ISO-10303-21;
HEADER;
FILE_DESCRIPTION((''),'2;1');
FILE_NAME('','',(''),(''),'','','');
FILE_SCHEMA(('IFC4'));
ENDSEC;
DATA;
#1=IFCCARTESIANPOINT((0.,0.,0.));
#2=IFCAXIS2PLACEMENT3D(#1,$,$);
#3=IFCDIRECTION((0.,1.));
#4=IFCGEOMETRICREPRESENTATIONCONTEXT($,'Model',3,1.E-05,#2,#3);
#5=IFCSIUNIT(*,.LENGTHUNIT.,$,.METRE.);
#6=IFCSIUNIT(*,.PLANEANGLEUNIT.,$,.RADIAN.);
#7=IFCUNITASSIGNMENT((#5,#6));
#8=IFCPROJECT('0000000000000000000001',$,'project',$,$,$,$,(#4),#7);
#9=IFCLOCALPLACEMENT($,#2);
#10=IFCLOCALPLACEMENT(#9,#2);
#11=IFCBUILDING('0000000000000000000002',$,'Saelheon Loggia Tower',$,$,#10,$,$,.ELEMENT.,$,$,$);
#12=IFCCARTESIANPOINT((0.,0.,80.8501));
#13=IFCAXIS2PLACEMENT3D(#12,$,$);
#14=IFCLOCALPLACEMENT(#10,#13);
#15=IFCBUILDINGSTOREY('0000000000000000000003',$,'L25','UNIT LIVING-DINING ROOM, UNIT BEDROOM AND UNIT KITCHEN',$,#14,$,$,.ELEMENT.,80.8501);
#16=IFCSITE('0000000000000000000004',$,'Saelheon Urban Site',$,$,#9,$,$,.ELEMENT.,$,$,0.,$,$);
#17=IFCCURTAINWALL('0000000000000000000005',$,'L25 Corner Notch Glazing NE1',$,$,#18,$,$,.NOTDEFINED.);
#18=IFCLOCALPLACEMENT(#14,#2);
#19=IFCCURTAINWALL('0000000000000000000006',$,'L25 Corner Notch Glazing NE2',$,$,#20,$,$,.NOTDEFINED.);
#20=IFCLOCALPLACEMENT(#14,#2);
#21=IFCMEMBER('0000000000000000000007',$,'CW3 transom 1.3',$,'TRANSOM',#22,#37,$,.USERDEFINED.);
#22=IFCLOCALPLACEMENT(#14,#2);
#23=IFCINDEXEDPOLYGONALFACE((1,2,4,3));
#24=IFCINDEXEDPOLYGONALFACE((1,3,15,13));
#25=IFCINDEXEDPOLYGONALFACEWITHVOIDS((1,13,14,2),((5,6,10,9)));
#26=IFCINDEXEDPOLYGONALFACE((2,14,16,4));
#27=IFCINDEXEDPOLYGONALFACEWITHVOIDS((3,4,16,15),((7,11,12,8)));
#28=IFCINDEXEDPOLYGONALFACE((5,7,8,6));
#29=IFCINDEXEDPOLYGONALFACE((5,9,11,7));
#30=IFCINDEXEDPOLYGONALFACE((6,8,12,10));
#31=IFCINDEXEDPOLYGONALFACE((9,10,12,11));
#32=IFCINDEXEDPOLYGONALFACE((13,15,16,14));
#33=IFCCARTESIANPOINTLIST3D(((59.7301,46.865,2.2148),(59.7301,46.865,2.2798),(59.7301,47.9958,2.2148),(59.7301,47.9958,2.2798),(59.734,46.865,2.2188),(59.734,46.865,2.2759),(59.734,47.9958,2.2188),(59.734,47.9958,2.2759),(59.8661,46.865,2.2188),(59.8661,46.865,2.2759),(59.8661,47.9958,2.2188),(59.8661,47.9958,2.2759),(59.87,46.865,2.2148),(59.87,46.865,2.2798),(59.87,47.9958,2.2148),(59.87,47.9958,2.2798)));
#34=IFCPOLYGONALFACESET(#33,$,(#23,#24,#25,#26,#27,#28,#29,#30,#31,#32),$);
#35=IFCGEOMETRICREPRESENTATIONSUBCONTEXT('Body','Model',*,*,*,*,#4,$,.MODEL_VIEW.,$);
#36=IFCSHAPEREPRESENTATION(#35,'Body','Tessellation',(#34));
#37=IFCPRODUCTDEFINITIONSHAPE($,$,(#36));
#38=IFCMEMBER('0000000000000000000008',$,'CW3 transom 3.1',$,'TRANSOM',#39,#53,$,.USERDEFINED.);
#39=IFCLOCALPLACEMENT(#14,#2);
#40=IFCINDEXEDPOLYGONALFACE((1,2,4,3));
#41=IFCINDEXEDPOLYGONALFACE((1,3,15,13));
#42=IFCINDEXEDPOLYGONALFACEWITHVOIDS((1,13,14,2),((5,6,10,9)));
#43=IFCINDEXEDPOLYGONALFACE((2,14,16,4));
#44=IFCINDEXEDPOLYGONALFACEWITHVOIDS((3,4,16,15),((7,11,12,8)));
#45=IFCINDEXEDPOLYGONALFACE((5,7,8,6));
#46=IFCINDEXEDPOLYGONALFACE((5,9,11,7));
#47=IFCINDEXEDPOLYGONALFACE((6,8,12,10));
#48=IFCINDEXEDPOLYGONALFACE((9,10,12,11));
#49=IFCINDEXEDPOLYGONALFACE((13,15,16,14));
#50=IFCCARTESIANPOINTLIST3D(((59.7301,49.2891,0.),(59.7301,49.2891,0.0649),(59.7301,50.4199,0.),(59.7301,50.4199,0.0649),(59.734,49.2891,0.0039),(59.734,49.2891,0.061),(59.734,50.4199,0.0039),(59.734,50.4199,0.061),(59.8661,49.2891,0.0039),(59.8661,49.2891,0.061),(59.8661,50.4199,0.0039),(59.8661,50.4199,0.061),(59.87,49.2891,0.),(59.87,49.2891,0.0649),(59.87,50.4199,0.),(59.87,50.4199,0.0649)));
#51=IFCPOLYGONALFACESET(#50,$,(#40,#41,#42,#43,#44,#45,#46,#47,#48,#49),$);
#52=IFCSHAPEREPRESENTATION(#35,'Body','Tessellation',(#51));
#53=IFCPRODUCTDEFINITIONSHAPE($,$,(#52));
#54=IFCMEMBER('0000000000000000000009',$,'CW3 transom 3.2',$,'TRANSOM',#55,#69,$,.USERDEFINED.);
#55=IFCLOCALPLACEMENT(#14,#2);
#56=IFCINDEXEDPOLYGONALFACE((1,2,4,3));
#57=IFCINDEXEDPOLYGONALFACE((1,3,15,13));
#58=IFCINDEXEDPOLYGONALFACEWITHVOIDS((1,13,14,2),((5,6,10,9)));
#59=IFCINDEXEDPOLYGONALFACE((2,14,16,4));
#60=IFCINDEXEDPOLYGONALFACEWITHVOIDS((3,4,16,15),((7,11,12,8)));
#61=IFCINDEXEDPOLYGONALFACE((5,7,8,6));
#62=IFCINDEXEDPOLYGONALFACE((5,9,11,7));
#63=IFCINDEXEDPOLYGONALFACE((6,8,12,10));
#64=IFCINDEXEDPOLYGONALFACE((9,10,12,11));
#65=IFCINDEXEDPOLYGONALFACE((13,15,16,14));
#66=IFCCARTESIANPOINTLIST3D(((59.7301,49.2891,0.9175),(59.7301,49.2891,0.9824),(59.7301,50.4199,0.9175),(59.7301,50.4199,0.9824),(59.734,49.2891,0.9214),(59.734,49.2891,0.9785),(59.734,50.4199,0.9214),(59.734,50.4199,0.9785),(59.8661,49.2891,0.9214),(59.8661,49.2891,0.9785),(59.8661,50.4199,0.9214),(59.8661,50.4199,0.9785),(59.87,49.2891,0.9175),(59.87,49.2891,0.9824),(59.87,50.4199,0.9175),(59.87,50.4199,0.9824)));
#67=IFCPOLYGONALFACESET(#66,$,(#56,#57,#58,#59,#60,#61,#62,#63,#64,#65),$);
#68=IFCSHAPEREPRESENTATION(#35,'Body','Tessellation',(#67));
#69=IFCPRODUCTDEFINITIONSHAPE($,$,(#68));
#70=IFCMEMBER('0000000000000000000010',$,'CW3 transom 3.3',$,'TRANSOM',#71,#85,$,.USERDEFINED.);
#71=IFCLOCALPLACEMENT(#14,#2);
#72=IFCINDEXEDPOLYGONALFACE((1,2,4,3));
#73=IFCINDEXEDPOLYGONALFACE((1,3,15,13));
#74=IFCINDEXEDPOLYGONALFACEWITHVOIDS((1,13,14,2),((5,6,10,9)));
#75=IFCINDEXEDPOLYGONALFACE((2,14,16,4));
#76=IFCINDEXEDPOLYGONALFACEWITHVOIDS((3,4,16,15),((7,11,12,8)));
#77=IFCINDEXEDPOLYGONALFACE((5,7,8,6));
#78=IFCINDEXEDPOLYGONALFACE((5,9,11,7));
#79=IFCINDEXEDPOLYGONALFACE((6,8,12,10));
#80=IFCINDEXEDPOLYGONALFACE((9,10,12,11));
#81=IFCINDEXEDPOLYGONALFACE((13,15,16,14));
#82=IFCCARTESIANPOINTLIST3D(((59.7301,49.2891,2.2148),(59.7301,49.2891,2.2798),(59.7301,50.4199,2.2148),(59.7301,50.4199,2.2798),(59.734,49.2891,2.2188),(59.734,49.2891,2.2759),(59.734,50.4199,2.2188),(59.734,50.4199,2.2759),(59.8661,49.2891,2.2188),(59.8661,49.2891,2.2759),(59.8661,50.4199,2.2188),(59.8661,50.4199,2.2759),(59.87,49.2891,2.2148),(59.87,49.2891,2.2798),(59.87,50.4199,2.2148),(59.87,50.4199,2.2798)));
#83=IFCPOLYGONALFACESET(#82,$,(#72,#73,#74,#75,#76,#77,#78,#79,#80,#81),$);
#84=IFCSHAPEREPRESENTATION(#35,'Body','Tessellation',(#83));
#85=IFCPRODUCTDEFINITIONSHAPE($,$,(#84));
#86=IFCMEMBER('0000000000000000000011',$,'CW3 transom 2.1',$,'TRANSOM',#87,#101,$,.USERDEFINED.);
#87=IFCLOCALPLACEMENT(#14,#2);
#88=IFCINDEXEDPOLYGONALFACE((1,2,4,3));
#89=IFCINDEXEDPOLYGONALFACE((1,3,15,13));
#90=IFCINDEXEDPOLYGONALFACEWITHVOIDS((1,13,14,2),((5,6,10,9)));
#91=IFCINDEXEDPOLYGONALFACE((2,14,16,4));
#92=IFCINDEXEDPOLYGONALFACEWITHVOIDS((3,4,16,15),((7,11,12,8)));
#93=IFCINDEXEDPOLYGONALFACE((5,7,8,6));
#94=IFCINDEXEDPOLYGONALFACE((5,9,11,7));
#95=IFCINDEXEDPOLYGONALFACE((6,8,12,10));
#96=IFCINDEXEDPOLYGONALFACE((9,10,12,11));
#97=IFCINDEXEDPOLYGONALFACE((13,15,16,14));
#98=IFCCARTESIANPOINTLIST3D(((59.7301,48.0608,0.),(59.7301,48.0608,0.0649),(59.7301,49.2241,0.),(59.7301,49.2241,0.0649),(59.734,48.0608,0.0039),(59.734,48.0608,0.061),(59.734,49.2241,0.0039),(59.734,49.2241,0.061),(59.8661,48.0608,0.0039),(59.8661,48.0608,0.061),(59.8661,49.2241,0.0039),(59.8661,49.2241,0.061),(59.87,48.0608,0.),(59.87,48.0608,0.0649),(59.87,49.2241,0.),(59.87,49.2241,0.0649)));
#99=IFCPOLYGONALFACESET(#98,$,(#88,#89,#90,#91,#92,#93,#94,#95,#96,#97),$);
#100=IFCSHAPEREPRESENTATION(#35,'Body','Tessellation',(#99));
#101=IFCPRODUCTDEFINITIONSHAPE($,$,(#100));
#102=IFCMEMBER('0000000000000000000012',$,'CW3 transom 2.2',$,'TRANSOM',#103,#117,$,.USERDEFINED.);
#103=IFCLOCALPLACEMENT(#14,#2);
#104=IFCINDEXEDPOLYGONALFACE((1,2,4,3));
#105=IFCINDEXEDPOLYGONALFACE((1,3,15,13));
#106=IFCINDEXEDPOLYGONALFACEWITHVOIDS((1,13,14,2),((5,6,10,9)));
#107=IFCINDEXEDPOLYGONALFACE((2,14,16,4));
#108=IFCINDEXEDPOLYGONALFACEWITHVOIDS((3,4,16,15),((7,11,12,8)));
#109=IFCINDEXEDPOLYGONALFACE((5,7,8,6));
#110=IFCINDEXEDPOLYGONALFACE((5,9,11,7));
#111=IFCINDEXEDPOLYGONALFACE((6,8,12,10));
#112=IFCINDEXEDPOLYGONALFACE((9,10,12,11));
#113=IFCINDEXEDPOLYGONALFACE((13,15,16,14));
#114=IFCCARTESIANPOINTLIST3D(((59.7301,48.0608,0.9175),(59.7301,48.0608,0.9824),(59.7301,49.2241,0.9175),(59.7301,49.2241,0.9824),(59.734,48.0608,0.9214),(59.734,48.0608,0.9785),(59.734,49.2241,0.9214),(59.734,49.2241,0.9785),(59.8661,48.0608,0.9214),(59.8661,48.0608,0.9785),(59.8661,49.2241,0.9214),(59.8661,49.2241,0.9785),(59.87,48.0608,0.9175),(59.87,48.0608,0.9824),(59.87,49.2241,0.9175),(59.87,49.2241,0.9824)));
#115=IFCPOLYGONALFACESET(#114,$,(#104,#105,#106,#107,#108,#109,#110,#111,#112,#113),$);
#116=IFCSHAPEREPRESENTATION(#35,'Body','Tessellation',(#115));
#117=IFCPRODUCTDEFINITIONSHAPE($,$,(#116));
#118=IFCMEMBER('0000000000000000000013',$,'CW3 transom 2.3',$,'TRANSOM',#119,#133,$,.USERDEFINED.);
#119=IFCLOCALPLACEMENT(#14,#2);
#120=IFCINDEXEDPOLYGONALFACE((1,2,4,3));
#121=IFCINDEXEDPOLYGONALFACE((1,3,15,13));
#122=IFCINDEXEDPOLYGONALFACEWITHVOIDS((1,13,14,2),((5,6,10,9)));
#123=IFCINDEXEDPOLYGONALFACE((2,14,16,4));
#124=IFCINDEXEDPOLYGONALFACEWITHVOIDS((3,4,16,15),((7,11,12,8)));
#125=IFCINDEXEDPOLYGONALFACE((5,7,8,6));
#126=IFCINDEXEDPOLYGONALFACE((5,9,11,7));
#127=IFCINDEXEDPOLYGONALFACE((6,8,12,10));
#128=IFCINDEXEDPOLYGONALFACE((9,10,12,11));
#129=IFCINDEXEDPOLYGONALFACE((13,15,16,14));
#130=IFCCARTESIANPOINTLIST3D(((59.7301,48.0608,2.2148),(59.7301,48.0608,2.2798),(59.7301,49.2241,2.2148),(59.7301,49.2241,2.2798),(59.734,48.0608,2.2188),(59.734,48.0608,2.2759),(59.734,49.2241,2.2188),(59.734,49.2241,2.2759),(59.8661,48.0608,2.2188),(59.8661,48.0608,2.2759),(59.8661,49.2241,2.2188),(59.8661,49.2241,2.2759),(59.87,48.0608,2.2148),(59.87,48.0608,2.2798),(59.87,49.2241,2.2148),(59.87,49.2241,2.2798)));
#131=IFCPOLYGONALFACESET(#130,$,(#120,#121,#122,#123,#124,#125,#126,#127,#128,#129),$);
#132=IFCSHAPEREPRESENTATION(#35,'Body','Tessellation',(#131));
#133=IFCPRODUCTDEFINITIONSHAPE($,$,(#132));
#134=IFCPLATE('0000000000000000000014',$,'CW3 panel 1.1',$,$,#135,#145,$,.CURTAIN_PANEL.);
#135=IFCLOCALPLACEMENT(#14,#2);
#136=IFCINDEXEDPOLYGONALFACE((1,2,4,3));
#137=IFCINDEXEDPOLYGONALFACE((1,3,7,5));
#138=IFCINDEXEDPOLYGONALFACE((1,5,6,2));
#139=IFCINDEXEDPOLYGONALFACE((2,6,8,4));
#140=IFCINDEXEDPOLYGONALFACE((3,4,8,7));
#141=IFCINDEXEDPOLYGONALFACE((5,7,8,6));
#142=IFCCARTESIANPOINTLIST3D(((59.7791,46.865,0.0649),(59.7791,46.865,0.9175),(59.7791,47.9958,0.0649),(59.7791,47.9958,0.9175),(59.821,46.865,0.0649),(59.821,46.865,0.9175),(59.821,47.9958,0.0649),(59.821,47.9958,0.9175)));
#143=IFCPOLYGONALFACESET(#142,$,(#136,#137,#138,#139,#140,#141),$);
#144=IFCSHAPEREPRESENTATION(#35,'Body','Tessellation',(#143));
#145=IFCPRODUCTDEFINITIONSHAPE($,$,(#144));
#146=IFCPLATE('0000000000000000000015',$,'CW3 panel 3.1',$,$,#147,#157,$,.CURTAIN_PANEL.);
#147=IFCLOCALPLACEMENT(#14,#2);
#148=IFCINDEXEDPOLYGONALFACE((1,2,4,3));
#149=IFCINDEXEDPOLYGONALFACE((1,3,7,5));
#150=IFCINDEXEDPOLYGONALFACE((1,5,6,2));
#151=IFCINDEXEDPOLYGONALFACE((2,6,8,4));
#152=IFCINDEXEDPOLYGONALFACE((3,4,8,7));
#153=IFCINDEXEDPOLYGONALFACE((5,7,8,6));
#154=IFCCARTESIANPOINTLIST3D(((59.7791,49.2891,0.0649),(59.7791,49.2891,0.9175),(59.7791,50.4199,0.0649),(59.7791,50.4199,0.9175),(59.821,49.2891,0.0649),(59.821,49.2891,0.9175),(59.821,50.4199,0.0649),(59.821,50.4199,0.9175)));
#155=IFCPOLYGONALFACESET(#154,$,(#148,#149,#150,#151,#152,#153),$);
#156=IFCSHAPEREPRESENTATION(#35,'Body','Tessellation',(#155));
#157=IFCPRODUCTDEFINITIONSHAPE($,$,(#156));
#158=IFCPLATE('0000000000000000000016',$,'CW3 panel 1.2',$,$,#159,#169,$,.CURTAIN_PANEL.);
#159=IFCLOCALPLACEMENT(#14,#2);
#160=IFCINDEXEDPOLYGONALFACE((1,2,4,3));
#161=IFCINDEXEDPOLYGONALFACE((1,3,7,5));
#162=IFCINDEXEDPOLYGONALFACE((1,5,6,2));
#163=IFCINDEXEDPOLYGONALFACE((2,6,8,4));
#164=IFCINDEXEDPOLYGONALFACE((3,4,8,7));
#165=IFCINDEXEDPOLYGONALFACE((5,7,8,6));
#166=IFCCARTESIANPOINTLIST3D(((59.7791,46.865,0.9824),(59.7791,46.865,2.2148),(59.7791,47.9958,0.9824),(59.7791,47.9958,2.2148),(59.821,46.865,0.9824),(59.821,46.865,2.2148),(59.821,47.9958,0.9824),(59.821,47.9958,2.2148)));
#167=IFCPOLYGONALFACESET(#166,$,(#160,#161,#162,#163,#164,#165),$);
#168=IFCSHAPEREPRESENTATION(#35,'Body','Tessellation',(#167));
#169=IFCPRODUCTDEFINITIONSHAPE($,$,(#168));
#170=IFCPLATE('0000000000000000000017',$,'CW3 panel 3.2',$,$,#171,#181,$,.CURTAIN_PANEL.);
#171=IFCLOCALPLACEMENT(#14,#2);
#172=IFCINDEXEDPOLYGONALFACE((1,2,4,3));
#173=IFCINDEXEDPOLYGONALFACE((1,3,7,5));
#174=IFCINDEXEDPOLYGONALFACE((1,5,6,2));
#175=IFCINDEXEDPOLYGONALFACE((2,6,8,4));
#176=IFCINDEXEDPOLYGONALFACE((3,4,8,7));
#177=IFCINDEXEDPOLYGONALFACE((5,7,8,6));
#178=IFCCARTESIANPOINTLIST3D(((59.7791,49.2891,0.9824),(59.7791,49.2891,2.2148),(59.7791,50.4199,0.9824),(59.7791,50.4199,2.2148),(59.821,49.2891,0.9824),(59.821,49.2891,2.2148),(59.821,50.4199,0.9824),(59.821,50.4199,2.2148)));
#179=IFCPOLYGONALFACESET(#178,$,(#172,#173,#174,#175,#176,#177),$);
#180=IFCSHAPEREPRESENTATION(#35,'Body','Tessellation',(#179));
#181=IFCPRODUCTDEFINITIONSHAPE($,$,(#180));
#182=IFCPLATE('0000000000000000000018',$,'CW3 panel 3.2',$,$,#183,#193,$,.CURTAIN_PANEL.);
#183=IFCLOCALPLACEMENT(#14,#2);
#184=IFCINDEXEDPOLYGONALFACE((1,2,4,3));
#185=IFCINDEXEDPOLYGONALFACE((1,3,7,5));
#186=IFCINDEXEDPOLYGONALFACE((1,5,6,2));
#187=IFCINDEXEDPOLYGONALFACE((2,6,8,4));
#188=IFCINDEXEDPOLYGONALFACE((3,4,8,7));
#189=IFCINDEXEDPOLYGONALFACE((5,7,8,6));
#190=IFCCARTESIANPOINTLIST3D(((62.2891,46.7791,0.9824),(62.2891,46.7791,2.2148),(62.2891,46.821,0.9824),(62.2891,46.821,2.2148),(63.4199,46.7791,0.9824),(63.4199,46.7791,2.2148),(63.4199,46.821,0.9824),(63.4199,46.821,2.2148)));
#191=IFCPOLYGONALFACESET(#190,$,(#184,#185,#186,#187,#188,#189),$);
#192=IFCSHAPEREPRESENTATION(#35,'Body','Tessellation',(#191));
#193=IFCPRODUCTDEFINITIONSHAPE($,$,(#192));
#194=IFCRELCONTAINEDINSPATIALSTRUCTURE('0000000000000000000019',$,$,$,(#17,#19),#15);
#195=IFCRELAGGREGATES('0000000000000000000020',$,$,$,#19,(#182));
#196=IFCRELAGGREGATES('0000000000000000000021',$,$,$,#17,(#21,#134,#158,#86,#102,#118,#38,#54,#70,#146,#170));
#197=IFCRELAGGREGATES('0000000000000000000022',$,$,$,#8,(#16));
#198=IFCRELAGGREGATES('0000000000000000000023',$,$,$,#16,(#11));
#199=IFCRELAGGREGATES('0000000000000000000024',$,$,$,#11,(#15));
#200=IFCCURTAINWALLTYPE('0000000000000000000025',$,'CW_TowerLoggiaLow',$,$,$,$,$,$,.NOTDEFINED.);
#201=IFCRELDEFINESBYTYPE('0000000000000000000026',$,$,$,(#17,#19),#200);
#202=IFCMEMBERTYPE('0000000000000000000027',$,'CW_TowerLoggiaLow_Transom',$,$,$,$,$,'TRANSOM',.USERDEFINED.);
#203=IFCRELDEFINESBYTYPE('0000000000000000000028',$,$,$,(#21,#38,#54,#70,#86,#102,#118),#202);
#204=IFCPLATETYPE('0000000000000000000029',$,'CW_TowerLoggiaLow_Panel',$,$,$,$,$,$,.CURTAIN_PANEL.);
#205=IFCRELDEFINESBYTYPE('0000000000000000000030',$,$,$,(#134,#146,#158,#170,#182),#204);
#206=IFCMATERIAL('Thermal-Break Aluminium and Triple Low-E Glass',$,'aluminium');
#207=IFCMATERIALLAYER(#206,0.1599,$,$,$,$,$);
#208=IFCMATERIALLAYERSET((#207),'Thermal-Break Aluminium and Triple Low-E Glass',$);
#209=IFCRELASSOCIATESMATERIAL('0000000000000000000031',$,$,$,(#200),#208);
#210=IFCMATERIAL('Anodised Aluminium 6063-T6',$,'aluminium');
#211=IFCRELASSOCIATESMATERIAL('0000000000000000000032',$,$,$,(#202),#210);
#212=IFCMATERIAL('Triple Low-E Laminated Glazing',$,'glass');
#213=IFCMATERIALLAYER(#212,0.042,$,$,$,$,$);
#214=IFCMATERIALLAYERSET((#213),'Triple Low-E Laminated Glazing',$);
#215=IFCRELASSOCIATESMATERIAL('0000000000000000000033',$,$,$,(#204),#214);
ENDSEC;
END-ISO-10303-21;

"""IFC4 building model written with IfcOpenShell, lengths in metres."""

from ifc_helpers import new_model, si_unit, direction, frame, origin, origin_2d, place, context, subcontext, project, spatial, rectangle, hollow_rectangle, extrude, source, transform, mapped, material, layer, layer_set, material_profile, profile_set, type_object, element, aggregate, save


model = new_model("IFC4")

# Units and contexts
model_context = context("Model", 3, precision=1e-05, world=origin(), true_north=direction((0.0, 1.0)))
body_context = subcontext(model_context, "Body", "Model", "MODEL_VIEW")
ifc_project = project(units=[si_unit("LENGTHUNIT", "METRE"), si_unit("PLANEANGLEUNIT", "RADIAN")], contexts=[model_context])

# Site, building, storey
site_placement = place(None, origin())
site = spatial("IfcSite", under=ifc_project, at=site_placement, Name="Saelheon Urban Site", CompositionType="ELEMENT", RefElevation=0.0)
building_placement = place(site_placement, origin())
building = spatial("IfcBuilding", under=site, at=building_placement, Name="Saelheon Loggia Tower", CompositionType="ELEMENT")
storey_placement = place(building_placement, frame((0.0, 0.0, 80.8501)))
storey = spatial("IfcBuildingStorey", under=building, at=storey_placement, Name="L25", Description="UNIT LIVING-DINING ROOM, UNIT BEDROOM AND UNIT KITCHEN", CompositionType="ELEMENT", Elevation=80.8501)

# Curtain wall
ifc_material_1 = material(Name="Thermal-Break Aluminium and Triple Low-E Glass", Category="aluminium")
ifc_layer_1 = layer(ifc_material_1, 0.1599)
ifc_layer_set_1 = layer_set([ifc_layer_1], Name="Thermal-Break Aluminium and Triple Low-E Glass")
curtain_wall_type = type_object("IfcCurtainWallType", Name="CW_TowerLoggiaLow", PredefinedType="NOTDEFINED", material=ifc_layer_set_1)
curtain_wall_1_placement = place(storey_placement, origin())
curtain_wall_1 = element("IfcCurtainWall", 1, at=curtain_wall_1_placement, inside=storey, type_object=curtain_wall_type, Name="L25 Corner Notch Glazing NE1", PredefinedType="NOTDEFINED")
ifc_material_2 = material(Name="Anodised Aluminium 6063-T6", Category="aluminium")

# Curtain wall
curtain_wall_2_placement = place(storey_placement, origin())
curtain_wall_2 = element("IfcCurtainWall", 2, at=curtain_wall_2_placement, inside=storey, type_object=curtain_wall_type, Name="L25 Corner Notch Glazing NE2", PredefinedType="NOTDEFINED")

# Members
ifc_material_profile_1 = material_profile(ifc_material_2, hollow_rectangle(XDim=0.0649, YDim=0.1399, WallThickness=0.0039, at=origin_2d()), Name="RHS-140x65x4")
ifc_profile_set_1 = profile_set([ifc_material_profile_1], Name="Anodised Aluminium 6063-T6")
member_type_1 = type_object("IfcMemberType", Name="CW_TowerLoggiaLow_Transom", ElementType="TRANSOM", PredefinedType="USERDEFINED", material=ifc_profile_set_1)
shared_shape_1 = source(origin(), body_context, "Body", "SweptSolid", [
    extrude(hollow_rectangle(XDim=0.0649, YDim=0.1399, WallThickness=0.0039, at=origin_2d()), origin(), (0.0, 0.0, 1.0), 1.1309),
])
member_1_placement = place(storey_placement, frame((59.8, 46.865, 2.2473), z_axis=(0.0, 1.0, 0.0), x_axis=(0.0, 0.0, 1.0)))
member_1 = element("IfcMember", 3, at=member_1_placement, type_object=member_type_1, Name="CW3 transom 1.3", ObjectType="TRANSOM", PredefinedType="USERDEFINED", context=body_context, shape_type="MappedRepresentation", body=[
    mapped(shared_shape_1, transform((0.0, 0.0, 0.0), scale=1.0)),
])
member_2_placement = place(storey_placement, frame((59.8, 49.2891, 0.0325), z_axis=(0.0, 1.0, 0.0), x_axis=(0.0, 0.0, 1.0)))
member_2 = element("IfcMember", 4, at=member_2_placement, type_object=member_type_1, Name="CW3 transom 3.1", ObjectType="TRANSOM", PredefinedType="USERDEFINED", context=body_context, shape_type="MappedRepresentation", body=[
    mapped(shared_shape_1, transform((0.0, 0.0, 0.0), scale=1.0)),
])
member_3_placement = place(storey_placement, frame((59.8, 49.2891, 0.95), z_axis=(0.0, 1.0, 0.0), x_axis=(0.0, 0.0, 1.0)))
member_3 = element("IfcMember", 5, at=member_3_placement, type_object=member_type_1, Name="CW3 transom 3.2", ObjectType="TRANSOM", PredefinedType="USERDEFINED", context=body_context, shape_type="MappedRepresentation", body=[
    mapped(shared_shape_1, transform((0.0, 0.0, 0.0), scale=1.0)),
])
member_4_placement = place(storey_placement, frame((59.8, 49.2891, 2.2473), z_axis=(0.0, 1.0, 0.0), x_axis=(0.0, 0.0, 1.0)))
member_4 = element("IfcMember", 6, at=member_4_placement, type_object=member_type_1, Name="CW3 transom 3.3", ObjectType="TRANSOM", PredefinedType="USERDEFINED", context=body_context, shape_type="MappedRepresentation", body=[
    mapped(shared_shape_1, transform((0.0, 0.0, 0.0), scale=1.0)),
])
shared_shape_2 = source(origin(), body_context, "Body", "SweptSolid", [
    extrude(hollow_rectangle(XDim=0.0649, YDim=0.1399, WallThickness=0.0039, at=origin_2d()), origin(), (0.0, 0.0, 1.0), 1.1633),
])
member_5_placement = place(storey_placement, frame((59.8, 48.0608, 0.0325), z_axis=(0.0, 1.0, 0.0), x_axis=(0.0, 0.0, 1.0)))
member_5 = element("IfcMember", 7, at=member_5_placement, type_object=member_type_1, Name="CW3 transom 2.1", ObjectType="TRANSOM", PredefinedType="USERDEFINED", context=body_context, shape_type="MappedRepresentation", body=[
    mapped(shared_shape_2, transform((0.0, 0.0, 0.0), scale=1.0)),
])
member_6_placement = place(storey_placement, frame((59.8, 48.0608, 0.95), z_axis=(0.0, 1.0, 0.0), x_axis=(0.0, 0.0, 1.0)))
member_6 = element("IfcMember", 8, at=member_6_placement, type_object=member_type_1, Name="CW3 transom 2.2", ObjectType="TRANSOM", PredefinedType="USERDEFINED", context=body_context, shape_type="MappedRepresentation", body=[
    mapped(shared_shape_2, transform((0.0, 0.0, 0.0), scale=1.0)),
])
member_7_placement = place(storey_placement, frame((59.8, 48.0608, 2.2473), z_axis=(0.0, 1.0, 0.0), x_axis=(0.0, 0.0, 1.0)))
member_7 = element("IfcMember", 9, at=member_7_placement, type_object=member_type_1, Name="CW3 transom 2.3", ObjectType="TRANSOM", PredefinedType="USERDEFINED", context=body_context, shape_type="MappedRepresentation", body=[
    mapped(shared_shape_2, transform((0.0, 0.0, 0.0), scale=1.0)),
])

# Plates
ifc_material_3 = material(Name="Triple Low-E Laminated Glazing", Category="glass")
ifc_layer_2 = layer(ifc_material_3, 0.042)
ifc_layer_set_2 = layer_set([ifc_layer_2], Name="Triple Low-E Laminated Glazing")
plate_type = type_object("IfcPlateType", Name="CW_TowerLoggiaLow_Panel", PredefinedType="CURTAIN_PANEL", material=ifc_layer_set_2)
shared_shape_3 = source(origin(), body_context, "Body", "SweptSolid", [
    extrude(rectangle(XDim=1.1309, YDim=0.042, at=origin_2d()), origin(), (0.0, 0.0, 1.0), 0.8525),
])
plate_1_placement = place(storey_placement, frame((59.8, 47.4304, 0.0649), z_axis=(0.0, 0.0, 1.0), x_axis=(0.0, 1.0, 0.0)))
plate_1 = element("IfcPlate", 10, at=plate_1_placement, type_object=plate_type, Name="CW3 panel 1.1", PredefinedType="CURTAIN_PANEL", context=body_context, shape_type="MappedRepresentation", body=[
    mapped(shared_shape_3, transform((0.0, 0.0, 0.0), scale=1.0)),
])
plate_2_placement = place(storey_placement, frame((59.8, 49.8545, 0.0649), z_axis=(0.0, 0.0, 1.0), x_axis=(0.0, 1.0, 0.0)))
plate_2 = element("IfcPlate", 11, at=plate_2_placement, type_object=plate_type, Name="CW3 panel 3.1", PredefinedType="CURTAIN_PANEL", context=body_context, shape_type="MappedRepresentation", body=[
    mapped(shared_shape_3, transform((0.0, 0.0, 0.0), scale=1.0)),
])
shared_shape_4 = source(origin(), body_context, "Body", "SweptSolid", [
    extrude(rectangle(XDim=1.1309, YDim=0.042, at=origin_2d()), origin(), (0.0, 0.0, 1.0), 1.2324),
])
plate_3_placement = place(storey_placement, frame((59.8, 47.4304, 0.9824), z_axis=(0.0, 0.0, 1.0), x_axis=(0.0, 1.0, 0.0)))
plate_3 = element("IfcPlate", 12, at=plate_3_placement, type_object=plate_type, Name="CW3 panel 1.2", PredefinedType="CURTAIN_PANEL", context=body_context, shape_type="MappedRepresentation", body=[
    mapped(shared_shape_4, transform((0.0, 0.0, 0.0), scale=1.0)),
])
plate_4_placement = place(storey_placement, frame((59.8, 49.8545, 0.9824), z_axis=(0.0, 0.0, 1.0), x_axis=(0.0, 1.0, 0.0)))
plate_4 = element("IfcPlate", 13, at=plate_4_placement, type_object=plate_type, Name="CW3 panel 3.2", PredefinedType="CURTAIN_PANEL", context=body_context, shape_type="MappedRepresentation", body=[
    mapped(shared_shape_4, transform((0.0, 0.0, 0.0), scale=1.0)),
])
plate_5_placement = place(storey_placement, frame((62.8545, 46.8, 0.9824), z_axis=(0.0, 0.0, 1.0), x_axis=(1.0, 0.0, 0.0)))
plate_5 = element("IfcPlate", 14, at=plate_5_placement, type_object=plate_type, Name="CW3 panel 3.2", PredefinedType="CURTAIN_PANEL", context=body_context, shape_type="MappedRepresentation", body=[
    mapped(shared_shape_4, transform((0.0, 0.0, 0.0), scale=1.0)),
])
aggregate(curtain_wall_2, [plate_5])
aggregate(curtain_wall_1, [member_1, plate_1, plate_3, member_5, member_6, member_7, member_2, member_3, member_4, plate_2, plate_4])

save(model, "model.ifc")
